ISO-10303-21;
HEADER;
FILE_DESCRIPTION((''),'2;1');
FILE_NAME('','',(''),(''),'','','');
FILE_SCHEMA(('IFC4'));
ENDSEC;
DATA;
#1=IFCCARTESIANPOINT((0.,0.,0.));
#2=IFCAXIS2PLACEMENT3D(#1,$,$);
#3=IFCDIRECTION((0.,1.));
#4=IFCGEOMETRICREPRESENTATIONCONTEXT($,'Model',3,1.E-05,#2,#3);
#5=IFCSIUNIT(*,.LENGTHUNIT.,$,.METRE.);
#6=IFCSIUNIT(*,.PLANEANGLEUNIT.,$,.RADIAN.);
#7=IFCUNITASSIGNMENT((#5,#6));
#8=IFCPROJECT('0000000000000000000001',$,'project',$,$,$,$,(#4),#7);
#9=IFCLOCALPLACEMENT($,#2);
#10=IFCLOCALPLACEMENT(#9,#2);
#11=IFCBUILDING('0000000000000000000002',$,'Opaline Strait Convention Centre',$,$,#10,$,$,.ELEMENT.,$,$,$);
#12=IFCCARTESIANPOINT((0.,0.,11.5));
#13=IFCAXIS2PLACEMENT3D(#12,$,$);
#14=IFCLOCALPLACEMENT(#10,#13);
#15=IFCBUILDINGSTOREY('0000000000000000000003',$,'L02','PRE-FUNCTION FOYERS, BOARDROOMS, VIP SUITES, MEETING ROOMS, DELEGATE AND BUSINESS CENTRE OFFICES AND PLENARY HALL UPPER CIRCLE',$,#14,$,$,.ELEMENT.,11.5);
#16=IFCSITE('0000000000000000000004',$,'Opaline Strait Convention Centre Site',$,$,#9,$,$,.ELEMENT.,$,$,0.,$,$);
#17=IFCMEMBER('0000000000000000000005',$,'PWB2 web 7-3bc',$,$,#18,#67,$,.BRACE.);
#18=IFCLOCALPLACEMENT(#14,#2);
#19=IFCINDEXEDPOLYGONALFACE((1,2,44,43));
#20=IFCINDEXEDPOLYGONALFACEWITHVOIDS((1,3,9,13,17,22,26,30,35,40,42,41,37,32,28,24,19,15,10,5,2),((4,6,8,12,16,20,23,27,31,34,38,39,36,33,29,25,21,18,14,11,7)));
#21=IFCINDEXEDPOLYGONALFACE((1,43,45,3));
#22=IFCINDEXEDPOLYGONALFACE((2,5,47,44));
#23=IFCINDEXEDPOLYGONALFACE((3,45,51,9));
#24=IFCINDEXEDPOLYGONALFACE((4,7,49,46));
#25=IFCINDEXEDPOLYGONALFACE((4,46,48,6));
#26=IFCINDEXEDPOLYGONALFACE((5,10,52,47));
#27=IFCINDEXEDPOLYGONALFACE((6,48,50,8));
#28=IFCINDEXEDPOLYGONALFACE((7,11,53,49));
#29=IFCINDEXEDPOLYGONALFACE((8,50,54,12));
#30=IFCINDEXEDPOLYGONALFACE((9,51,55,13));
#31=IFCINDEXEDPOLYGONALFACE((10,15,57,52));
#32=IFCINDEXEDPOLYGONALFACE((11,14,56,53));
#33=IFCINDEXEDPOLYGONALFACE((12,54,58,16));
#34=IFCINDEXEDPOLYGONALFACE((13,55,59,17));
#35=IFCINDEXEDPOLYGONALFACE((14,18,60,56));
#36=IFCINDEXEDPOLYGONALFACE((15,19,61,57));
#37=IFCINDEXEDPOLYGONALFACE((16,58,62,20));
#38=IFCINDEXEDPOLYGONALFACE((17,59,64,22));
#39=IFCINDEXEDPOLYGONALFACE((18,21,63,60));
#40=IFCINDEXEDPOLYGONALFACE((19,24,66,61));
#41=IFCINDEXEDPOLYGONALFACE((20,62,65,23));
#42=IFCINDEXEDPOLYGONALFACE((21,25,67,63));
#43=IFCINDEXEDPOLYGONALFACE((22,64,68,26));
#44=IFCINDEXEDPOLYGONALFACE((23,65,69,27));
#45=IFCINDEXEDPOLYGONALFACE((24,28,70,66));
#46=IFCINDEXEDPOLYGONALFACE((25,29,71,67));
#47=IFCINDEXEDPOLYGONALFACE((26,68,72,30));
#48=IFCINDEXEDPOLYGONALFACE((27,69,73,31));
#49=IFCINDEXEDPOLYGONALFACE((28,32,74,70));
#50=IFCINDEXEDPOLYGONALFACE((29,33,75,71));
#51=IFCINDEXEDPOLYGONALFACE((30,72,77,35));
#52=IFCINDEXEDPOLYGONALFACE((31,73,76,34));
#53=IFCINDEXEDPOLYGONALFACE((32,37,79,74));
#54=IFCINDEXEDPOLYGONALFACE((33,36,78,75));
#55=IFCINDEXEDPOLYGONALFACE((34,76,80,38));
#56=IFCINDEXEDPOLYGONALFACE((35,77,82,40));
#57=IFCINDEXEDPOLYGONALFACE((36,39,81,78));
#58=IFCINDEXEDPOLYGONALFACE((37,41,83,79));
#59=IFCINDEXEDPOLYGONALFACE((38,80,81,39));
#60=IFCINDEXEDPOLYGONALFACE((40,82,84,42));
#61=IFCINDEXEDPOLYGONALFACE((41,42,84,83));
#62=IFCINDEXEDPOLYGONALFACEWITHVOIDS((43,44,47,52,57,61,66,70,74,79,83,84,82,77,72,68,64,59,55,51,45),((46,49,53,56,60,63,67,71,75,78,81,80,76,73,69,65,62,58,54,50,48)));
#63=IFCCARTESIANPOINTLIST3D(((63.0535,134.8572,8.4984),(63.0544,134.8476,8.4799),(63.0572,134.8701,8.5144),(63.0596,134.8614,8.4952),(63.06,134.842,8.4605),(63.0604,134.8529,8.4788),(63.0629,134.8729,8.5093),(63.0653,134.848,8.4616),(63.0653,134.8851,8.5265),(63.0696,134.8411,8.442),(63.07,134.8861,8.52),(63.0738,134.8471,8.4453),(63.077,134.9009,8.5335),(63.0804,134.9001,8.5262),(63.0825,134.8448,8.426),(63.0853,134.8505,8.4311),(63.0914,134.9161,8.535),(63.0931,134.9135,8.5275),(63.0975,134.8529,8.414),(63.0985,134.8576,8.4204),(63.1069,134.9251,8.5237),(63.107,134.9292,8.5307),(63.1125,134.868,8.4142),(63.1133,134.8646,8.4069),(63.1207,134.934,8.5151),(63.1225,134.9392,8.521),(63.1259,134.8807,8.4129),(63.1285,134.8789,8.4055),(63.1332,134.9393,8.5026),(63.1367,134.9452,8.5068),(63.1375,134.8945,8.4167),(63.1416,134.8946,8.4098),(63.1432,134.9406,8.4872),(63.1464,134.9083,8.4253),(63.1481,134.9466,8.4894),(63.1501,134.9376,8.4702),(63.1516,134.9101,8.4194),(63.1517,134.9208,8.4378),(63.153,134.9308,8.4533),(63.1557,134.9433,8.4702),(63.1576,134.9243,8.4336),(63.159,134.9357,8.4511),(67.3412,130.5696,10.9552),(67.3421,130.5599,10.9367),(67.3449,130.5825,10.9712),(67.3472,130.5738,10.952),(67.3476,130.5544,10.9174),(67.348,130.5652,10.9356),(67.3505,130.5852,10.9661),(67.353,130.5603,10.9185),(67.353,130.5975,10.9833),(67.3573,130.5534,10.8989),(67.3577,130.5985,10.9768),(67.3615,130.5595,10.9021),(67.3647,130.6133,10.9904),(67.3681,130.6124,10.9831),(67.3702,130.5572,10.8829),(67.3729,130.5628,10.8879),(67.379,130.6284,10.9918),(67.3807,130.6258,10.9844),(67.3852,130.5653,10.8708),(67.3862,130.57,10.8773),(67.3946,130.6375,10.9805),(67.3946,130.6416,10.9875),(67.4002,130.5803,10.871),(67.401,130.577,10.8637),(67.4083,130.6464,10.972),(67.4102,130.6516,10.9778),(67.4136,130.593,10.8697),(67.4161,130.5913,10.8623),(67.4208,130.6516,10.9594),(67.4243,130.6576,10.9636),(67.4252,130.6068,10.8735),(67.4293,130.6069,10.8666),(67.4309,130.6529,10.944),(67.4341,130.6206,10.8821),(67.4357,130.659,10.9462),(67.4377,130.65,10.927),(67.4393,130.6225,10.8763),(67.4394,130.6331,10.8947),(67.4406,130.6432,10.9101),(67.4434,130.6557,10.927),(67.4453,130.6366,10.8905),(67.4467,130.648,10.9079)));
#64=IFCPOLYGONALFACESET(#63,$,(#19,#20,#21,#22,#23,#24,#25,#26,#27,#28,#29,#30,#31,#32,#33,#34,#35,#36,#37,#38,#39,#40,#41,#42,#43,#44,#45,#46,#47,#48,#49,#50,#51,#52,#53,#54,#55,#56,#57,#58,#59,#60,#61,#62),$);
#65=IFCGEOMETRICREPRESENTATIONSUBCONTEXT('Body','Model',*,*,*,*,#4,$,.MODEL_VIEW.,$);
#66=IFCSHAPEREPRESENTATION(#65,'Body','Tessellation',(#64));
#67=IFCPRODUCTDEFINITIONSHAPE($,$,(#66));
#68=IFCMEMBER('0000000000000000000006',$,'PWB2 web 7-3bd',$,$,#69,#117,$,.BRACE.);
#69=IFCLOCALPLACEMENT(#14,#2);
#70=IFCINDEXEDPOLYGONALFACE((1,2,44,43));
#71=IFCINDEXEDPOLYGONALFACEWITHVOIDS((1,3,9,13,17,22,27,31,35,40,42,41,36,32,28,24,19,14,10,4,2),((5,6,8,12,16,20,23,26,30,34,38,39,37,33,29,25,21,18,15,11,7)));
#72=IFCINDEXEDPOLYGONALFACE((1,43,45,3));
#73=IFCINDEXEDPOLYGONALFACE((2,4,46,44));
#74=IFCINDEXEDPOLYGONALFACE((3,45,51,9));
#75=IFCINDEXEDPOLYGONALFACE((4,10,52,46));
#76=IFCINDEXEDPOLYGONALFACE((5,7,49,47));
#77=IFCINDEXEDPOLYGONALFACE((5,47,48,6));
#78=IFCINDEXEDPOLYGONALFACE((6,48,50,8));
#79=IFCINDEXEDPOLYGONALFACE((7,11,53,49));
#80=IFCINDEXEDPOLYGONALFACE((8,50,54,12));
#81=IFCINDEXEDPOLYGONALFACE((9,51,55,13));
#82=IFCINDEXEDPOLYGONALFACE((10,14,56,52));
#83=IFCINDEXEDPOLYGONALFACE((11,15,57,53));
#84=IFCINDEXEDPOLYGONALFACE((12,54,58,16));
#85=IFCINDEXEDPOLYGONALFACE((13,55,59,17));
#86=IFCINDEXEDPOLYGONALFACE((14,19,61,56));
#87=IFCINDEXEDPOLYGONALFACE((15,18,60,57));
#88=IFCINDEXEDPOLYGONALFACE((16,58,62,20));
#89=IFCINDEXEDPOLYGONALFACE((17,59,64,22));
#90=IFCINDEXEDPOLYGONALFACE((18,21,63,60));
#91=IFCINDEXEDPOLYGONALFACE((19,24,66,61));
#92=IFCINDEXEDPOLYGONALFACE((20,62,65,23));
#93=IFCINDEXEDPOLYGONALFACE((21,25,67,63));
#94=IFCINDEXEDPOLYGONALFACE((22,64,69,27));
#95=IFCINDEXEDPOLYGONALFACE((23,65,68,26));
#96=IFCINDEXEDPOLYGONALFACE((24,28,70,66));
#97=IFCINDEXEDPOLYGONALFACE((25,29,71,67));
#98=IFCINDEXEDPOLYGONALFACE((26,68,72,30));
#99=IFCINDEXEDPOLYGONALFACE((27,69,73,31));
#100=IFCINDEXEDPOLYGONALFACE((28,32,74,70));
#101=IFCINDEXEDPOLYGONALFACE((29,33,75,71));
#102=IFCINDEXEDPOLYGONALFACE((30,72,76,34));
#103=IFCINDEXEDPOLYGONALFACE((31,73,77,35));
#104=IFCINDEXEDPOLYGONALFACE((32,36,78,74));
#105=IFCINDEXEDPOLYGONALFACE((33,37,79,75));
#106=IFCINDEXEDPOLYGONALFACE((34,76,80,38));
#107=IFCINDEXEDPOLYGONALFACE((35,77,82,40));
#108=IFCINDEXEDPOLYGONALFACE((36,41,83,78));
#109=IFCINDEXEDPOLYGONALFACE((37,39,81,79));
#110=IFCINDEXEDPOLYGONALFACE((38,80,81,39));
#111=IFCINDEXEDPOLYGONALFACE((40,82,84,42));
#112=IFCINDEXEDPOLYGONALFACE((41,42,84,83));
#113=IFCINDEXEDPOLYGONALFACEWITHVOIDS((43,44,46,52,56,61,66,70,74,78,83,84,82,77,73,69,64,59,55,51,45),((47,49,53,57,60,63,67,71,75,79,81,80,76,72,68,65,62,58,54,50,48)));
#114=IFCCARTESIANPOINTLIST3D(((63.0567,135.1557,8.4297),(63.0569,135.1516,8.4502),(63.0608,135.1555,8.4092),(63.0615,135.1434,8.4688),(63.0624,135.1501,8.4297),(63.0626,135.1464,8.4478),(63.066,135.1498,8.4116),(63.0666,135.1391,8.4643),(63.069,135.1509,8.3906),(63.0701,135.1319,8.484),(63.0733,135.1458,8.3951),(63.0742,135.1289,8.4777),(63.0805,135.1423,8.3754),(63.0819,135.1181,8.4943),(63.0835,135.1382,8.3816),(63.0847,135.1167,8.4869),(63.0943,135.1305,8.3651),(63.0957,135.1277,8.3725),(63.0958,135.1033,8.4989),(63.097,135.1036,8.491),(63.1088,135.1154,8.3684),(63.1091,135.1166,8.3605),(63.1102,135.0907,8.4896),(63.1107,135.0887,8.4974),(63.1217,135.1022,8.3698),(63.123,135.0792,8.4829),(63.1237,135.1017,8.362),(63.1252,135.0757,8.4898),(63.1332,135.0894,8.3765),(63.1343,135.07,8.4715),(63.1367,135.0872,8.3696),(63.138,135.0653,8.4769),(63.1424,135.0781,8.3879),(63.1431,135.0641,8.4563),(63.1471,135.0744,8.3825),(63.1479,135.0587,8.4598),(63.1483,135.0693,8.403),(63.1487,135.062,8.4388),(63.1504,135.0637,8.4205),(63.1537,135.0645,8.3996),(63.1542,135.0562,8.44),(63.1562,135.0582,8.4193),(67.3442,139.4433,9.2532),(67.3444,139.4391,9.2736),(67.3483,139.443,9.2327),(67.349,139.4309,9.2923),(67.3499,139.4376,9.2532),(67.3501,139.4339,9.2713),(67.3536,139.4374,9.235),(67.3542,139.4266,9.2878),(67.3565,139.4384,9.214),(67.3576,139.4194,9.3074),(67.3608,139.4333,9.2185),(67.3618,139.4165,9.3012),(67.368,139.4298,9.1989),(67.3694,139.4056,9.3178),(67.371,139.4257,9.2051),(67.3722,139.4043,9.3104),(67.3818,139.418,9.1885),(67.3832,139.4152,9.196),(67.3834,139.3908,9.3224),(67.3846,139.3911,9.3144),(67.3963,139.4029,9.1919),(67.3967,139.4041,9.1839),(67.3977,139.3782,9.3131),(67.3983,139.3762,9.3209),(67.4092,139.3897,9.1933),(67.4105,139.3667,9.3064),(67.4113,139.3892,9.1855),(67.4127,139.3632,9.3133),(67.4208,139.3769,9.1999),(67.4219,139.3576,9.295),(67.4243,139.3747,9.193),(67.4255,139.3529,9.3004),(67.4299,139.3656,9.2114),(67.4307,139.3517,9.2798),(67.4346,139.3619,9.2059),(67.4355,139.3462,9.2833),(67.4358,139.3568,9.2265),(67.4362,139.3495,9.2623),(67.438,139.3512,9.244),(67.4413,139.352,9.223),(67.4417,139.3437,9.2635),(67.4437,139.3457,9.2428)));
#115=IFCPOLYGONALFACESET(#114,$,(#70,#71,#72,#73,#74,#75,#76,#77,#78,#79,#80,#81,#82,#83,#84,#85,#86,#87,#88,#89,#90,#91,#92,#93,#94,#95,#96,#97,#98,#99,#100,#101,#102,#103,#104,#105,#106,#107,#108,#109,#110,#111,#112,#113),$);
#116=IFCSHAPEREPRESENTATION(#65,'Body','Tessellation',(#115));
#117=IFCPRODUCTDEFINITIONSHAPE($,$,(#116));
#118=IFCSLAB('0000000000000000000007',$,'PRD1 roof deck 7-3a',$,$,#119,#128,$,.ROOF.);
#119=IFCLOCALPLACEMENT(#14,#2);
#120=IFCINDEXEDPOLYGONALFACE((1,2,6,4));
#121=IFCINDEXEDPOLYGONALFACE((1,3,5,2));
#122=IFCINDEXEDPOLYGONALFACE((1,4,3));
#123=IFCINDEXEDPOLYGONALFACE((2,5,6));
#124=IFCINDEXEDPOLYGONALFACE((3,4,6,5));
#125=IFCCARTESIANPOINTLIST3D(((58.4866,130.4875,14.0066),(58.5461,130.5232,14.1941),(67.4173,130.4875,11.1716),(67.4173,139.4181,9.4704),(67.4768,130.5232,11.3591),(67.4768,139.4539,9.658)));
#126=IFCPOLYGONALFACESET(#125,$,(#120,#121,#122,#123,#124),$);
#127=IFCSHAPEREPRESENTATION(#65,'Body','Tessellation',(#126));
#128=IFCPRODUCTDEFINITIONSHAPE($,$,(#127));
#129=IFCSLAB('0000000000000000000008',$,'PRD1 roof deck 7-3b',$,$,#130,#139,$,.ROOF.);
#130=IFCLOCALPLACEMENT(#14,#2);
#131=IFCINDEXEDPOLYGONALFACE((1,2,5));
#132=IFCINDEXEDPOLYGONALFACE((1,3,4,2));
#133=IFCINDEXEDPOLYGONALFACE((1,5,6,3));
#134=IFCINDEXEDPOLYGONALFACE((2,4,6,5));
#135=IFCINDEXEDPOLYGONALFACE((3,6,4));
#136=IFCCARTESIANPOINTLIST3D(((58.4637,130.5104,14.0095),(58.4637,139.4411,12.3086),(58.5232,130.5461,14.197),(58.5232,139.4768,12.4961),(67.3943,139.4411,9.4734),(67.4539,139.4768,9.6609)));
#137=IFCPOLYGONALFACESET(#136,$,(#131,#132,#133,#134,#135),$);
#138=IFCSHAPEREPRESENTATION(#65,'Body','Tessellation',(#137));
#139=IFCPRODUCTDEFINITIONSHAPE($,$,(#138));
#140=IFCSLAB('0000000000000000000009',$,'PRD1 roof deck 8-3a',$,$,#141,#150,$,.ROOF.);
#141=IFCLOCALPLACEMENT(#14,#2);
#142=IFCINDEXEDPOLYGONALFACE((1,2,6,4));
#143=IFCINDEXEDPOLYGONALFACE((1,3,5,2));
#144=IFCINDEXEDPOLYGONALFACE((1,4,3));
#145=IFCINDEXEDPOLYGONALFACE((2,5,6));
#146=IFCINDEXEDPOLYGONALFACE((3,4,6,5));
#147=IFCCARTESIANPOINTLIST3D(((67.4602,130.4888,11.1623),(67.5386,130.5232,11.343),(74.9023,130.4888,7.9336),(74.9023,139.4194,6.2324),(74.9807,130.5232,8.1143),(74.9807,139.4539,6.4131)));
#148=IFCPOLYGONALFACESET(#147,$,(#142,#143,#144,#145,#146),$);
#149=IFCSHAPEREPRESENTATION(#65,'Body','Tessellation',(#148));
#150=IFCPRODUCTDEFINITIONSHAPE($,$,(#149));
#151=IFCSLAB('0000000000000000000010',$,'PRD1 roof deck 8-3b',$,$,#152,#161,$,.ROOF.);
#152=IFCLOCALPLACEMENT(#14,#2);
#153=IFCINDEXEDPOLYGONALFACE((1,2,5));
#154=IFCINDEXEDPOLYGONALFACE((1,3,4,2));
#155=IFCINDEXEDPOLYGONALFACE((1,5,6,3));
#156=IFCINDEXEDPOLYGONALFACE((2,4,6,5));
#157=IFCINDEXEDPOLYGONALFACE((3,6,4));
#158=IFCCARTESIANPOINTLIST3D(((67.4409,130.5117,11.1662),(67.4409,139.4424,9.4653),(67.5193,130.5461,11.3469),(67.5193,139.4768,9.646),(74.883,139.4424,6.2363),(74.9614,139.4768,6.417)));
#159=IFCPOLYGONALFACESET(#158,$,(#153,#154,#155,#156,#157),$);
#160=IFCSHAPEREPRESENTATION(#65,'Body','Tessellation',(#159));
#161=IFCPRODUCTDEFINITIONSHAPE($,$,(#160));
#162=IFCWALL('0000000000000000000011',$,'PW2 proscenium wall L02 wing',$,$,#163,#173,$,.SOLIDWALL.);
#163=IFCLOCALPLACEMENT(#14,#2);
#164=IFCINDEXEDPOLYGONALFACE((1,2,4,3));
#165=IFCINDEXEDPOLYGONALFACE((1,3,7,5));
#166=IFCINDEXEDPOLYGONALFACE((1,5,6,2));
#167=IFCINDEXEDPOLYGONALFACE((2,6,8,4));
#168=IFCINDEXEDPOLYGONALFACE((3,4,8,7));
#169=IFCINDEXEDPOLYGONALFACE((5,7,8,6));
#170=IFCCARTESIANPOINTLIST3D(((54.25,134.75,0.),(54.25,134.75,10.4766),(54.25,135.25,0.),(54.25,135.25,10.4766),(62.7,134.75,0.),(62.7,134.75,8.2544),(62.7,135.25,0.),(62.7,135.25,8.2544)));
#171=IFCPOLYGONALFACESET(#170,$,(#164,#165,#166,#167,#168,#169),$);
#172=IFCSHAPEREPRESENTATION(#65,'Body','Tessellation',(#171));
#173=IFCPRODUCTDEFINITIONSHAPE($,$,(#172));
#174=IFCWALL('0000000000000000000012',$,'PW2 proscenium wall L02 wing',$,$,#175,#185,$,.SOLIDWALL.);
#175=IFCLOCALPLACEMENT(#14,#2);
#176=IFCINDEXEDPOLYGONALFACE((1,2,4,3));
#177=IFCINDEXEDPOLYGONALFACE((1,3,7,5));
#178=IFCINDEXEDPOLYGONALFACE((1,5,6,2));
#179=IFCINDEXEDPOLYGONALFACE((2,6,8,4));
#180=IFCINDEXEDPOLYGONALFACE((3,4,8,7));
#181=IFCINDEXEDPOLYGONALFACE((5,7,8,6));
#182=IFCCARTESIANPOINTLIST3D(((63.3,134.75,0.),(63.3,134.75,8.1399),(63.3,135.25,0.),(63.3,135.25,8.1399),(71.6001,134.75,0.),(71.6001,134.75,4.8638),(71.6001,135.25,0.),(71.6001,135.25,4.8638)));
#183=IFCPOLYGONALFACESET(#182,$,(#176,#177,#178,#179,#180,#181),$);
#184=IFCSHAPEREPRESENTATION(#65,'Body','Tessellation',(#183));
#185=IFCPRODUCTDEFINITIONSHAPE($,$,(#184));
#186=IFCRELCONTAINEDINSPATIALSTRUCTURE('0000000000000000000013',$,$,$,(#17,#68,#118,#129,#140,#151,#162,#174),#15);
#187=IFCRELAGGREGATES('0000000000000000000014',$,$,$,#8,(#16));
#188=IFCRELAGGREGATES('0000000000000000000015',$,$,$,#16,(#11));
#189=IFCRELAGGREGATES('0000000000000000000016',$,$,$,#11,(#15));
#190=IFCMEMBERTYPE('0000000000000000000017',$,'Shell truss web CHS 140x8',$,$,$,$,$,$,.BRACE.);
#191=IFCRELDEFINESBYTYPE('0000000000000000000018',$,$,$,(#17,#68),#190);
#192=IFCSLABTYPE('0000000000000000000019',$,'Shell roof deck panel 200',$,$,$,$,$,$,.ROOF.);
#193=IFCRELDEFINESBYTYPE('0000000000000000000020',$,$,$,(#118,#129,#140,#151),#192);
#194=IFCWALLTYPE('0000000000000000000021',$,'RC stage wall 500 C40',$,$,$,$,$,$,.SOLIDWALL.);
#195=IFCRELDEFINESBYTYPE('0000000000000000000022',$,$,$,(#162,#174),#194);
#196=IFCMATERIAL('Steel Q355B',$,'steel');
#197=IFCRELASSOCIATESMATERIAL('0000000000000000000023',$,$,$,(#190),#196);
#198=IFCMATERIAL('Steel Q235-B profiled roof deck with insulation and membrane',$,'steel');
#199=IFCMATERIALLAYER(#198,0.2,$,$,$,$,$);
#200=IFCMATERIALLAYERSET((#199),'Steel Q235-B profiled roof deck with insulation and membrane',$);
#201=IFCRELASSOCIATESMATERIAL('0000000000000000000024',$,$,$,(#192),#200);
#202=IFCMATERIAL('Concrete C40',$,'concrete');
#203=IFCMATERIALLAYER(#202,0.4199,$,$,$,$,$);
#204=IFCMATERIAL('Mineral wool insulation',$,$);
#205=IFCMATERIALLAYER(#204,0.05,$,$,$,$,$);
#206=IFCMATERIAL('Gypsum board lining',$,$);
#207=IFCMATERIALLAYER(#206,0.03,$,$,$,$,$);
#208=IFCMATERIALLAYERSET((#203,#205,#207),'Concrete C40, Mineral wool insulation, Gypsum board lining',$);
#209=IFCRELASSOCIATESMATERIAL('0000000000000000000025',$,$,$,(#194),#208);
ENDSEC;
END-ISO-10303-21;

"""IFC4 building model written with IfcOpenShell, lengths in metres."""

from ifc_helpers import new_model, si_unit, direction, frame, origin, origin_2d, place, context, subcontext, project, spatial, polyline, hollow_circle, outline, extrude, material, layer, layer_set, material_profile, profile_set, type_object, element, save


model = new_model("IFC4")

# Units and contexts
model_context = context("Model", 3, precision=1e-05, world=origin(), true_north=direction((0.0, 1.0)))
body_context = subcontext(model_context, "Body", "Model", "MODEL_VIEW")
ifc_project = project(units=[si_unit("LENGTHUNIT", "METRE"), si_unit("PLANEANGLEUNIT", "RADIAN")], contexts=[model_context])

# Site, building, storey
site_placement = place(None, origin())
site = spatial("IfcSite", under=ifc_project, at=site_placement, Name="Opaline Strait Convention Centre Site", CompositionType="ELEMENT", RefElevation=0.0)
building_placement = place(site_placement, origin())
building = spatial("IfcBuilding", under=site, at=building_placement, Name="Opaline Strait Convention Centre", CompositionType="ELEMENT")
storey_placement = place(building_placement, frame((0.0, 0.0, 11.5)))
storey = spatial("IfcBuildingStorey", under=building, at=storey_placement, Name="L02", Description="PRE-FUNCTION FOYERS, BOARDROOMS, VIP SUITES, MEETING ROOMS, DELEGATE AND BUSINESS CENTRE OFFICES AND PLENARY HALL UPPER CIRCLE", CompositionType="ELEMENT", Elevation=11.5)

# Members
ifc_material_1 = material(Name="Steel Q355B", Category="steel")
ifc_material_profile_1 = material_profile(ifc_material_1, hollow_circle(Radius=0.0701, WallThickness=0.0081, at=origin_2d()), Name="CHS 140x8")
ifc_profile_set_1 = profile_set([ifc_material_profile_1], Name="Steel Q355B")
member_type_1 = type_object("IfcMemberType", Name="Shell truss web CHS 140x8", PredefinedType="BRACE", material=ifc_profile_set_1)
member_1_placement = place(storey_placement, frame((63.1062, 134.8938, 8.4702), z_axis=(0.655357, -0.655357, 0.375519), x_axis=(0.707107, 0.707107, 0.0)))
element("IfcMember", 1, at=member_1_placement, inside=storey, type_object=member_type_1, Name="PWB2 web 7-3bc", PredefinedType="BRACE", context=body_context, shape_type="SweptSolid", body=[
    extrude(hollow_circle(Radius=0.0701, WallThickness=0.0081, at=origin_2d()), origin(), (0.0, 0.0, 1.0), 6.5425),
])
member_2_placement = place(storey_placement, frame((63.1062, 135.1062, 8.4297), z_axis=(0.700675, 0.700675, 0.134573), x_axis=(-0.707107, 0.707107, 0.0)))
element("IfcMember", 2, at=member_2_placement, inside=storey, type_object=member_type_1, Name="PWB2 web 7-3bd", PredefinedType="BRACE", context=body_context, shape_type="SweptSolid", body=[
    extrude(hollow_circle(Radius=0.0701, WallThickness=0.0081, at=origin_2d()), origin(), (0.0, 0.0, 1.0), 6.1191),
])

# Slabs
ifc_material_2 = material(Name="Steel Q235-B profiled roof deck with insulation and membrane", Category="steel")
ifc_layer_1 = layer(ifc_material_2, 0.2)
ifc_layer_set_1 = layer_set([ifc_layer_1], Name="Steel Q235-B profiled roof deck with insulation and membrane")
slab_type = type_object("IfcSlabType", Name="Shell roof deck panel 200", PredefinedType="ROOF", material=ifc_layer_set_1)
slab_1_placement = place(storey_placement, frame((58.5461, 130.5232, 14.1941), z_axis=(0.297696, 0.178638, 0.937798), x_axis=(0.95313, 0.0, -0.302563)))
element("IfcSlab", 3, at=slab_1_placement, inside=storey, type_object=slab_type, Name="PRD1 roof deck 7-3a", PredefinedType="ROOF", context=body_context, shape_type="SweptSolid", body=[
    extrude(outline(polyline([(0.0, 0.0), (9.3698, 0.0), (9.8845, 9.0767), (0.0, 0.0)])), origin(), (0.0, 0.0, -1.0), 0.2),
])
slab_2_placement = place(storey_placement, frame((58.5232, 130.5461, 14.197), z_axis=(0.297721, 0.178612, 0.937795), x_axis=(0.665486, 0.665486, -0.338019)))
element("IfcSlab", 4, at=slab_2_placement, inside=storey, type_object=slab_type, Name="PRD1 roof deck 7-3b", PredefinedType="ROOF", context=body_context, shape_type="SweptSolid", body=[
    extrude(outline(polyline([(0.0, 0.0), (13.4198, 0.0), (6.5182, 6.3375), (0.0, 0.0)])), origin(), (0.0, 0.0, -1.0), 0.2),
])
slab_3_placement = place(storey_placement, frame((67.5386, 130.5232, 11.343), z_axis=(0.392064, 0.172141, 0.903689), x_axis=(0.917383, 0.0, -0.398005)))
element("IfcSlab", 5, at=slab_3_placement, inside=storey, type_object=slab_type, Name="PRD1 roof deck 8-3a", PredefinedType="ROOF", context=body_context, shape_type="SweptSolid", body=[
    extrude(outline(polyline([(0.0, 0.0), (8.1124, 0.0), (8.7894, 9.066), (0.0, 0.0)])), origin(), (0.0, 0.0, -1.0), 0.2),
])
slab_4_placement = place(storey_placement, frame((67.5193, 130.5461, 11.3469), z_axis=(0.392091, 0.172115, 0.903682), x_axis=(0.589373, 0.707256, -0.390421)))
element("IfcSlab", 6, at=slab_4_placement, inside=storey, type_object=slab_type, Name="PRD1 roof deck 8-3b", PredefinedType="ROOF", context=body_context, shape_type="SweptSolid", body=[
    extrude(outline(polyline([(0.0, 0.0), (12.6272, 0.0), (6.9803, 5.8245), (0.0, 0.0)])), origin(), (0.0, 0.0, -1.0), 0.2),
])

# Walls
ifc_material_3 = material(Name="Concrete C40", Category="concrete")
ifc_layer_2 = layer(ifc_material_3, 0.4199)
ifc_material_4 = material(Name="Mineral wool insulation")
ifc_layer_3 = layer(ifc_material_4, 0.05)
ifc_material_5 = material(Name="Gypsum board lining")
ifc_layer_4 = layer(ifc_material_5, 0.03)
ifc_layer_set_2 = layer_set([ifc_layer_2, ifc_layer_3, ifc_layer_4], Name="Concrete C40, Mineral wool insulation, Gypsum board lining")
wall_type = type_object("IfcWallType", Name="RC stage wall 500 C40", PredefinedType="SOLIDWALL", material=ifc_layer_set_2)
wall_1_placement = place(storey_placement, frame((54.25, 135.0, 0.0), z_axis=(0.0, 0.0, 1.0), x_axis=(1.0, 0.0, 0.0)))
element("IfcWall", 7, at=wall_1_placement, inside=storey, type_object=wall_type, Name="PW2 proscenium wall L02 wing", PredefinedType="SOLIDWALL", context=body_context, shape_type="SweptSolid", body=[
    extrude(outline(polyline([(0.0, 0.0), (8.45, 0.0), (8.45, 8.2544), (0.0, 10.4766), (0.0, 0.0)])), frame((0.0, 0.25, 0.0), z_axis=(0.0, -1.0, 0.0), x_axis=(1.0, 0.0, 0.0)), (0.0, 0.0, 1.0), 0.5),
])
wall_2_placement = place(storey_placement, frame((63.3, 135.0, 0.0), z_axis=(0.0, 0.0, 1.0), x_axis=(1.0, 0.0, 0.0)))
element("IfcWall", 8, at=wall_2_placement, inside=storey, type_object=wall_type, Name="PW2 proscenium wall L02 wing", PredefinedType="SOLIDWALL", context=body_context, shape_type="SweptSolid", body=[
    extrude(outline(polyline([(0.0, 0.0), (8.3, 0.0), (8.3, 4.8638), (0.0, 8.1399), (0.0, 0.0)])), frame((0.0, 0.25, 0.0), z_axis=(0.0, -1.0, 0.0), x_axis=(1.0, 0.0, 0.0)), (0.0, 0.0, 1.0), 0.5),
])

save(model, "model.ifc")
